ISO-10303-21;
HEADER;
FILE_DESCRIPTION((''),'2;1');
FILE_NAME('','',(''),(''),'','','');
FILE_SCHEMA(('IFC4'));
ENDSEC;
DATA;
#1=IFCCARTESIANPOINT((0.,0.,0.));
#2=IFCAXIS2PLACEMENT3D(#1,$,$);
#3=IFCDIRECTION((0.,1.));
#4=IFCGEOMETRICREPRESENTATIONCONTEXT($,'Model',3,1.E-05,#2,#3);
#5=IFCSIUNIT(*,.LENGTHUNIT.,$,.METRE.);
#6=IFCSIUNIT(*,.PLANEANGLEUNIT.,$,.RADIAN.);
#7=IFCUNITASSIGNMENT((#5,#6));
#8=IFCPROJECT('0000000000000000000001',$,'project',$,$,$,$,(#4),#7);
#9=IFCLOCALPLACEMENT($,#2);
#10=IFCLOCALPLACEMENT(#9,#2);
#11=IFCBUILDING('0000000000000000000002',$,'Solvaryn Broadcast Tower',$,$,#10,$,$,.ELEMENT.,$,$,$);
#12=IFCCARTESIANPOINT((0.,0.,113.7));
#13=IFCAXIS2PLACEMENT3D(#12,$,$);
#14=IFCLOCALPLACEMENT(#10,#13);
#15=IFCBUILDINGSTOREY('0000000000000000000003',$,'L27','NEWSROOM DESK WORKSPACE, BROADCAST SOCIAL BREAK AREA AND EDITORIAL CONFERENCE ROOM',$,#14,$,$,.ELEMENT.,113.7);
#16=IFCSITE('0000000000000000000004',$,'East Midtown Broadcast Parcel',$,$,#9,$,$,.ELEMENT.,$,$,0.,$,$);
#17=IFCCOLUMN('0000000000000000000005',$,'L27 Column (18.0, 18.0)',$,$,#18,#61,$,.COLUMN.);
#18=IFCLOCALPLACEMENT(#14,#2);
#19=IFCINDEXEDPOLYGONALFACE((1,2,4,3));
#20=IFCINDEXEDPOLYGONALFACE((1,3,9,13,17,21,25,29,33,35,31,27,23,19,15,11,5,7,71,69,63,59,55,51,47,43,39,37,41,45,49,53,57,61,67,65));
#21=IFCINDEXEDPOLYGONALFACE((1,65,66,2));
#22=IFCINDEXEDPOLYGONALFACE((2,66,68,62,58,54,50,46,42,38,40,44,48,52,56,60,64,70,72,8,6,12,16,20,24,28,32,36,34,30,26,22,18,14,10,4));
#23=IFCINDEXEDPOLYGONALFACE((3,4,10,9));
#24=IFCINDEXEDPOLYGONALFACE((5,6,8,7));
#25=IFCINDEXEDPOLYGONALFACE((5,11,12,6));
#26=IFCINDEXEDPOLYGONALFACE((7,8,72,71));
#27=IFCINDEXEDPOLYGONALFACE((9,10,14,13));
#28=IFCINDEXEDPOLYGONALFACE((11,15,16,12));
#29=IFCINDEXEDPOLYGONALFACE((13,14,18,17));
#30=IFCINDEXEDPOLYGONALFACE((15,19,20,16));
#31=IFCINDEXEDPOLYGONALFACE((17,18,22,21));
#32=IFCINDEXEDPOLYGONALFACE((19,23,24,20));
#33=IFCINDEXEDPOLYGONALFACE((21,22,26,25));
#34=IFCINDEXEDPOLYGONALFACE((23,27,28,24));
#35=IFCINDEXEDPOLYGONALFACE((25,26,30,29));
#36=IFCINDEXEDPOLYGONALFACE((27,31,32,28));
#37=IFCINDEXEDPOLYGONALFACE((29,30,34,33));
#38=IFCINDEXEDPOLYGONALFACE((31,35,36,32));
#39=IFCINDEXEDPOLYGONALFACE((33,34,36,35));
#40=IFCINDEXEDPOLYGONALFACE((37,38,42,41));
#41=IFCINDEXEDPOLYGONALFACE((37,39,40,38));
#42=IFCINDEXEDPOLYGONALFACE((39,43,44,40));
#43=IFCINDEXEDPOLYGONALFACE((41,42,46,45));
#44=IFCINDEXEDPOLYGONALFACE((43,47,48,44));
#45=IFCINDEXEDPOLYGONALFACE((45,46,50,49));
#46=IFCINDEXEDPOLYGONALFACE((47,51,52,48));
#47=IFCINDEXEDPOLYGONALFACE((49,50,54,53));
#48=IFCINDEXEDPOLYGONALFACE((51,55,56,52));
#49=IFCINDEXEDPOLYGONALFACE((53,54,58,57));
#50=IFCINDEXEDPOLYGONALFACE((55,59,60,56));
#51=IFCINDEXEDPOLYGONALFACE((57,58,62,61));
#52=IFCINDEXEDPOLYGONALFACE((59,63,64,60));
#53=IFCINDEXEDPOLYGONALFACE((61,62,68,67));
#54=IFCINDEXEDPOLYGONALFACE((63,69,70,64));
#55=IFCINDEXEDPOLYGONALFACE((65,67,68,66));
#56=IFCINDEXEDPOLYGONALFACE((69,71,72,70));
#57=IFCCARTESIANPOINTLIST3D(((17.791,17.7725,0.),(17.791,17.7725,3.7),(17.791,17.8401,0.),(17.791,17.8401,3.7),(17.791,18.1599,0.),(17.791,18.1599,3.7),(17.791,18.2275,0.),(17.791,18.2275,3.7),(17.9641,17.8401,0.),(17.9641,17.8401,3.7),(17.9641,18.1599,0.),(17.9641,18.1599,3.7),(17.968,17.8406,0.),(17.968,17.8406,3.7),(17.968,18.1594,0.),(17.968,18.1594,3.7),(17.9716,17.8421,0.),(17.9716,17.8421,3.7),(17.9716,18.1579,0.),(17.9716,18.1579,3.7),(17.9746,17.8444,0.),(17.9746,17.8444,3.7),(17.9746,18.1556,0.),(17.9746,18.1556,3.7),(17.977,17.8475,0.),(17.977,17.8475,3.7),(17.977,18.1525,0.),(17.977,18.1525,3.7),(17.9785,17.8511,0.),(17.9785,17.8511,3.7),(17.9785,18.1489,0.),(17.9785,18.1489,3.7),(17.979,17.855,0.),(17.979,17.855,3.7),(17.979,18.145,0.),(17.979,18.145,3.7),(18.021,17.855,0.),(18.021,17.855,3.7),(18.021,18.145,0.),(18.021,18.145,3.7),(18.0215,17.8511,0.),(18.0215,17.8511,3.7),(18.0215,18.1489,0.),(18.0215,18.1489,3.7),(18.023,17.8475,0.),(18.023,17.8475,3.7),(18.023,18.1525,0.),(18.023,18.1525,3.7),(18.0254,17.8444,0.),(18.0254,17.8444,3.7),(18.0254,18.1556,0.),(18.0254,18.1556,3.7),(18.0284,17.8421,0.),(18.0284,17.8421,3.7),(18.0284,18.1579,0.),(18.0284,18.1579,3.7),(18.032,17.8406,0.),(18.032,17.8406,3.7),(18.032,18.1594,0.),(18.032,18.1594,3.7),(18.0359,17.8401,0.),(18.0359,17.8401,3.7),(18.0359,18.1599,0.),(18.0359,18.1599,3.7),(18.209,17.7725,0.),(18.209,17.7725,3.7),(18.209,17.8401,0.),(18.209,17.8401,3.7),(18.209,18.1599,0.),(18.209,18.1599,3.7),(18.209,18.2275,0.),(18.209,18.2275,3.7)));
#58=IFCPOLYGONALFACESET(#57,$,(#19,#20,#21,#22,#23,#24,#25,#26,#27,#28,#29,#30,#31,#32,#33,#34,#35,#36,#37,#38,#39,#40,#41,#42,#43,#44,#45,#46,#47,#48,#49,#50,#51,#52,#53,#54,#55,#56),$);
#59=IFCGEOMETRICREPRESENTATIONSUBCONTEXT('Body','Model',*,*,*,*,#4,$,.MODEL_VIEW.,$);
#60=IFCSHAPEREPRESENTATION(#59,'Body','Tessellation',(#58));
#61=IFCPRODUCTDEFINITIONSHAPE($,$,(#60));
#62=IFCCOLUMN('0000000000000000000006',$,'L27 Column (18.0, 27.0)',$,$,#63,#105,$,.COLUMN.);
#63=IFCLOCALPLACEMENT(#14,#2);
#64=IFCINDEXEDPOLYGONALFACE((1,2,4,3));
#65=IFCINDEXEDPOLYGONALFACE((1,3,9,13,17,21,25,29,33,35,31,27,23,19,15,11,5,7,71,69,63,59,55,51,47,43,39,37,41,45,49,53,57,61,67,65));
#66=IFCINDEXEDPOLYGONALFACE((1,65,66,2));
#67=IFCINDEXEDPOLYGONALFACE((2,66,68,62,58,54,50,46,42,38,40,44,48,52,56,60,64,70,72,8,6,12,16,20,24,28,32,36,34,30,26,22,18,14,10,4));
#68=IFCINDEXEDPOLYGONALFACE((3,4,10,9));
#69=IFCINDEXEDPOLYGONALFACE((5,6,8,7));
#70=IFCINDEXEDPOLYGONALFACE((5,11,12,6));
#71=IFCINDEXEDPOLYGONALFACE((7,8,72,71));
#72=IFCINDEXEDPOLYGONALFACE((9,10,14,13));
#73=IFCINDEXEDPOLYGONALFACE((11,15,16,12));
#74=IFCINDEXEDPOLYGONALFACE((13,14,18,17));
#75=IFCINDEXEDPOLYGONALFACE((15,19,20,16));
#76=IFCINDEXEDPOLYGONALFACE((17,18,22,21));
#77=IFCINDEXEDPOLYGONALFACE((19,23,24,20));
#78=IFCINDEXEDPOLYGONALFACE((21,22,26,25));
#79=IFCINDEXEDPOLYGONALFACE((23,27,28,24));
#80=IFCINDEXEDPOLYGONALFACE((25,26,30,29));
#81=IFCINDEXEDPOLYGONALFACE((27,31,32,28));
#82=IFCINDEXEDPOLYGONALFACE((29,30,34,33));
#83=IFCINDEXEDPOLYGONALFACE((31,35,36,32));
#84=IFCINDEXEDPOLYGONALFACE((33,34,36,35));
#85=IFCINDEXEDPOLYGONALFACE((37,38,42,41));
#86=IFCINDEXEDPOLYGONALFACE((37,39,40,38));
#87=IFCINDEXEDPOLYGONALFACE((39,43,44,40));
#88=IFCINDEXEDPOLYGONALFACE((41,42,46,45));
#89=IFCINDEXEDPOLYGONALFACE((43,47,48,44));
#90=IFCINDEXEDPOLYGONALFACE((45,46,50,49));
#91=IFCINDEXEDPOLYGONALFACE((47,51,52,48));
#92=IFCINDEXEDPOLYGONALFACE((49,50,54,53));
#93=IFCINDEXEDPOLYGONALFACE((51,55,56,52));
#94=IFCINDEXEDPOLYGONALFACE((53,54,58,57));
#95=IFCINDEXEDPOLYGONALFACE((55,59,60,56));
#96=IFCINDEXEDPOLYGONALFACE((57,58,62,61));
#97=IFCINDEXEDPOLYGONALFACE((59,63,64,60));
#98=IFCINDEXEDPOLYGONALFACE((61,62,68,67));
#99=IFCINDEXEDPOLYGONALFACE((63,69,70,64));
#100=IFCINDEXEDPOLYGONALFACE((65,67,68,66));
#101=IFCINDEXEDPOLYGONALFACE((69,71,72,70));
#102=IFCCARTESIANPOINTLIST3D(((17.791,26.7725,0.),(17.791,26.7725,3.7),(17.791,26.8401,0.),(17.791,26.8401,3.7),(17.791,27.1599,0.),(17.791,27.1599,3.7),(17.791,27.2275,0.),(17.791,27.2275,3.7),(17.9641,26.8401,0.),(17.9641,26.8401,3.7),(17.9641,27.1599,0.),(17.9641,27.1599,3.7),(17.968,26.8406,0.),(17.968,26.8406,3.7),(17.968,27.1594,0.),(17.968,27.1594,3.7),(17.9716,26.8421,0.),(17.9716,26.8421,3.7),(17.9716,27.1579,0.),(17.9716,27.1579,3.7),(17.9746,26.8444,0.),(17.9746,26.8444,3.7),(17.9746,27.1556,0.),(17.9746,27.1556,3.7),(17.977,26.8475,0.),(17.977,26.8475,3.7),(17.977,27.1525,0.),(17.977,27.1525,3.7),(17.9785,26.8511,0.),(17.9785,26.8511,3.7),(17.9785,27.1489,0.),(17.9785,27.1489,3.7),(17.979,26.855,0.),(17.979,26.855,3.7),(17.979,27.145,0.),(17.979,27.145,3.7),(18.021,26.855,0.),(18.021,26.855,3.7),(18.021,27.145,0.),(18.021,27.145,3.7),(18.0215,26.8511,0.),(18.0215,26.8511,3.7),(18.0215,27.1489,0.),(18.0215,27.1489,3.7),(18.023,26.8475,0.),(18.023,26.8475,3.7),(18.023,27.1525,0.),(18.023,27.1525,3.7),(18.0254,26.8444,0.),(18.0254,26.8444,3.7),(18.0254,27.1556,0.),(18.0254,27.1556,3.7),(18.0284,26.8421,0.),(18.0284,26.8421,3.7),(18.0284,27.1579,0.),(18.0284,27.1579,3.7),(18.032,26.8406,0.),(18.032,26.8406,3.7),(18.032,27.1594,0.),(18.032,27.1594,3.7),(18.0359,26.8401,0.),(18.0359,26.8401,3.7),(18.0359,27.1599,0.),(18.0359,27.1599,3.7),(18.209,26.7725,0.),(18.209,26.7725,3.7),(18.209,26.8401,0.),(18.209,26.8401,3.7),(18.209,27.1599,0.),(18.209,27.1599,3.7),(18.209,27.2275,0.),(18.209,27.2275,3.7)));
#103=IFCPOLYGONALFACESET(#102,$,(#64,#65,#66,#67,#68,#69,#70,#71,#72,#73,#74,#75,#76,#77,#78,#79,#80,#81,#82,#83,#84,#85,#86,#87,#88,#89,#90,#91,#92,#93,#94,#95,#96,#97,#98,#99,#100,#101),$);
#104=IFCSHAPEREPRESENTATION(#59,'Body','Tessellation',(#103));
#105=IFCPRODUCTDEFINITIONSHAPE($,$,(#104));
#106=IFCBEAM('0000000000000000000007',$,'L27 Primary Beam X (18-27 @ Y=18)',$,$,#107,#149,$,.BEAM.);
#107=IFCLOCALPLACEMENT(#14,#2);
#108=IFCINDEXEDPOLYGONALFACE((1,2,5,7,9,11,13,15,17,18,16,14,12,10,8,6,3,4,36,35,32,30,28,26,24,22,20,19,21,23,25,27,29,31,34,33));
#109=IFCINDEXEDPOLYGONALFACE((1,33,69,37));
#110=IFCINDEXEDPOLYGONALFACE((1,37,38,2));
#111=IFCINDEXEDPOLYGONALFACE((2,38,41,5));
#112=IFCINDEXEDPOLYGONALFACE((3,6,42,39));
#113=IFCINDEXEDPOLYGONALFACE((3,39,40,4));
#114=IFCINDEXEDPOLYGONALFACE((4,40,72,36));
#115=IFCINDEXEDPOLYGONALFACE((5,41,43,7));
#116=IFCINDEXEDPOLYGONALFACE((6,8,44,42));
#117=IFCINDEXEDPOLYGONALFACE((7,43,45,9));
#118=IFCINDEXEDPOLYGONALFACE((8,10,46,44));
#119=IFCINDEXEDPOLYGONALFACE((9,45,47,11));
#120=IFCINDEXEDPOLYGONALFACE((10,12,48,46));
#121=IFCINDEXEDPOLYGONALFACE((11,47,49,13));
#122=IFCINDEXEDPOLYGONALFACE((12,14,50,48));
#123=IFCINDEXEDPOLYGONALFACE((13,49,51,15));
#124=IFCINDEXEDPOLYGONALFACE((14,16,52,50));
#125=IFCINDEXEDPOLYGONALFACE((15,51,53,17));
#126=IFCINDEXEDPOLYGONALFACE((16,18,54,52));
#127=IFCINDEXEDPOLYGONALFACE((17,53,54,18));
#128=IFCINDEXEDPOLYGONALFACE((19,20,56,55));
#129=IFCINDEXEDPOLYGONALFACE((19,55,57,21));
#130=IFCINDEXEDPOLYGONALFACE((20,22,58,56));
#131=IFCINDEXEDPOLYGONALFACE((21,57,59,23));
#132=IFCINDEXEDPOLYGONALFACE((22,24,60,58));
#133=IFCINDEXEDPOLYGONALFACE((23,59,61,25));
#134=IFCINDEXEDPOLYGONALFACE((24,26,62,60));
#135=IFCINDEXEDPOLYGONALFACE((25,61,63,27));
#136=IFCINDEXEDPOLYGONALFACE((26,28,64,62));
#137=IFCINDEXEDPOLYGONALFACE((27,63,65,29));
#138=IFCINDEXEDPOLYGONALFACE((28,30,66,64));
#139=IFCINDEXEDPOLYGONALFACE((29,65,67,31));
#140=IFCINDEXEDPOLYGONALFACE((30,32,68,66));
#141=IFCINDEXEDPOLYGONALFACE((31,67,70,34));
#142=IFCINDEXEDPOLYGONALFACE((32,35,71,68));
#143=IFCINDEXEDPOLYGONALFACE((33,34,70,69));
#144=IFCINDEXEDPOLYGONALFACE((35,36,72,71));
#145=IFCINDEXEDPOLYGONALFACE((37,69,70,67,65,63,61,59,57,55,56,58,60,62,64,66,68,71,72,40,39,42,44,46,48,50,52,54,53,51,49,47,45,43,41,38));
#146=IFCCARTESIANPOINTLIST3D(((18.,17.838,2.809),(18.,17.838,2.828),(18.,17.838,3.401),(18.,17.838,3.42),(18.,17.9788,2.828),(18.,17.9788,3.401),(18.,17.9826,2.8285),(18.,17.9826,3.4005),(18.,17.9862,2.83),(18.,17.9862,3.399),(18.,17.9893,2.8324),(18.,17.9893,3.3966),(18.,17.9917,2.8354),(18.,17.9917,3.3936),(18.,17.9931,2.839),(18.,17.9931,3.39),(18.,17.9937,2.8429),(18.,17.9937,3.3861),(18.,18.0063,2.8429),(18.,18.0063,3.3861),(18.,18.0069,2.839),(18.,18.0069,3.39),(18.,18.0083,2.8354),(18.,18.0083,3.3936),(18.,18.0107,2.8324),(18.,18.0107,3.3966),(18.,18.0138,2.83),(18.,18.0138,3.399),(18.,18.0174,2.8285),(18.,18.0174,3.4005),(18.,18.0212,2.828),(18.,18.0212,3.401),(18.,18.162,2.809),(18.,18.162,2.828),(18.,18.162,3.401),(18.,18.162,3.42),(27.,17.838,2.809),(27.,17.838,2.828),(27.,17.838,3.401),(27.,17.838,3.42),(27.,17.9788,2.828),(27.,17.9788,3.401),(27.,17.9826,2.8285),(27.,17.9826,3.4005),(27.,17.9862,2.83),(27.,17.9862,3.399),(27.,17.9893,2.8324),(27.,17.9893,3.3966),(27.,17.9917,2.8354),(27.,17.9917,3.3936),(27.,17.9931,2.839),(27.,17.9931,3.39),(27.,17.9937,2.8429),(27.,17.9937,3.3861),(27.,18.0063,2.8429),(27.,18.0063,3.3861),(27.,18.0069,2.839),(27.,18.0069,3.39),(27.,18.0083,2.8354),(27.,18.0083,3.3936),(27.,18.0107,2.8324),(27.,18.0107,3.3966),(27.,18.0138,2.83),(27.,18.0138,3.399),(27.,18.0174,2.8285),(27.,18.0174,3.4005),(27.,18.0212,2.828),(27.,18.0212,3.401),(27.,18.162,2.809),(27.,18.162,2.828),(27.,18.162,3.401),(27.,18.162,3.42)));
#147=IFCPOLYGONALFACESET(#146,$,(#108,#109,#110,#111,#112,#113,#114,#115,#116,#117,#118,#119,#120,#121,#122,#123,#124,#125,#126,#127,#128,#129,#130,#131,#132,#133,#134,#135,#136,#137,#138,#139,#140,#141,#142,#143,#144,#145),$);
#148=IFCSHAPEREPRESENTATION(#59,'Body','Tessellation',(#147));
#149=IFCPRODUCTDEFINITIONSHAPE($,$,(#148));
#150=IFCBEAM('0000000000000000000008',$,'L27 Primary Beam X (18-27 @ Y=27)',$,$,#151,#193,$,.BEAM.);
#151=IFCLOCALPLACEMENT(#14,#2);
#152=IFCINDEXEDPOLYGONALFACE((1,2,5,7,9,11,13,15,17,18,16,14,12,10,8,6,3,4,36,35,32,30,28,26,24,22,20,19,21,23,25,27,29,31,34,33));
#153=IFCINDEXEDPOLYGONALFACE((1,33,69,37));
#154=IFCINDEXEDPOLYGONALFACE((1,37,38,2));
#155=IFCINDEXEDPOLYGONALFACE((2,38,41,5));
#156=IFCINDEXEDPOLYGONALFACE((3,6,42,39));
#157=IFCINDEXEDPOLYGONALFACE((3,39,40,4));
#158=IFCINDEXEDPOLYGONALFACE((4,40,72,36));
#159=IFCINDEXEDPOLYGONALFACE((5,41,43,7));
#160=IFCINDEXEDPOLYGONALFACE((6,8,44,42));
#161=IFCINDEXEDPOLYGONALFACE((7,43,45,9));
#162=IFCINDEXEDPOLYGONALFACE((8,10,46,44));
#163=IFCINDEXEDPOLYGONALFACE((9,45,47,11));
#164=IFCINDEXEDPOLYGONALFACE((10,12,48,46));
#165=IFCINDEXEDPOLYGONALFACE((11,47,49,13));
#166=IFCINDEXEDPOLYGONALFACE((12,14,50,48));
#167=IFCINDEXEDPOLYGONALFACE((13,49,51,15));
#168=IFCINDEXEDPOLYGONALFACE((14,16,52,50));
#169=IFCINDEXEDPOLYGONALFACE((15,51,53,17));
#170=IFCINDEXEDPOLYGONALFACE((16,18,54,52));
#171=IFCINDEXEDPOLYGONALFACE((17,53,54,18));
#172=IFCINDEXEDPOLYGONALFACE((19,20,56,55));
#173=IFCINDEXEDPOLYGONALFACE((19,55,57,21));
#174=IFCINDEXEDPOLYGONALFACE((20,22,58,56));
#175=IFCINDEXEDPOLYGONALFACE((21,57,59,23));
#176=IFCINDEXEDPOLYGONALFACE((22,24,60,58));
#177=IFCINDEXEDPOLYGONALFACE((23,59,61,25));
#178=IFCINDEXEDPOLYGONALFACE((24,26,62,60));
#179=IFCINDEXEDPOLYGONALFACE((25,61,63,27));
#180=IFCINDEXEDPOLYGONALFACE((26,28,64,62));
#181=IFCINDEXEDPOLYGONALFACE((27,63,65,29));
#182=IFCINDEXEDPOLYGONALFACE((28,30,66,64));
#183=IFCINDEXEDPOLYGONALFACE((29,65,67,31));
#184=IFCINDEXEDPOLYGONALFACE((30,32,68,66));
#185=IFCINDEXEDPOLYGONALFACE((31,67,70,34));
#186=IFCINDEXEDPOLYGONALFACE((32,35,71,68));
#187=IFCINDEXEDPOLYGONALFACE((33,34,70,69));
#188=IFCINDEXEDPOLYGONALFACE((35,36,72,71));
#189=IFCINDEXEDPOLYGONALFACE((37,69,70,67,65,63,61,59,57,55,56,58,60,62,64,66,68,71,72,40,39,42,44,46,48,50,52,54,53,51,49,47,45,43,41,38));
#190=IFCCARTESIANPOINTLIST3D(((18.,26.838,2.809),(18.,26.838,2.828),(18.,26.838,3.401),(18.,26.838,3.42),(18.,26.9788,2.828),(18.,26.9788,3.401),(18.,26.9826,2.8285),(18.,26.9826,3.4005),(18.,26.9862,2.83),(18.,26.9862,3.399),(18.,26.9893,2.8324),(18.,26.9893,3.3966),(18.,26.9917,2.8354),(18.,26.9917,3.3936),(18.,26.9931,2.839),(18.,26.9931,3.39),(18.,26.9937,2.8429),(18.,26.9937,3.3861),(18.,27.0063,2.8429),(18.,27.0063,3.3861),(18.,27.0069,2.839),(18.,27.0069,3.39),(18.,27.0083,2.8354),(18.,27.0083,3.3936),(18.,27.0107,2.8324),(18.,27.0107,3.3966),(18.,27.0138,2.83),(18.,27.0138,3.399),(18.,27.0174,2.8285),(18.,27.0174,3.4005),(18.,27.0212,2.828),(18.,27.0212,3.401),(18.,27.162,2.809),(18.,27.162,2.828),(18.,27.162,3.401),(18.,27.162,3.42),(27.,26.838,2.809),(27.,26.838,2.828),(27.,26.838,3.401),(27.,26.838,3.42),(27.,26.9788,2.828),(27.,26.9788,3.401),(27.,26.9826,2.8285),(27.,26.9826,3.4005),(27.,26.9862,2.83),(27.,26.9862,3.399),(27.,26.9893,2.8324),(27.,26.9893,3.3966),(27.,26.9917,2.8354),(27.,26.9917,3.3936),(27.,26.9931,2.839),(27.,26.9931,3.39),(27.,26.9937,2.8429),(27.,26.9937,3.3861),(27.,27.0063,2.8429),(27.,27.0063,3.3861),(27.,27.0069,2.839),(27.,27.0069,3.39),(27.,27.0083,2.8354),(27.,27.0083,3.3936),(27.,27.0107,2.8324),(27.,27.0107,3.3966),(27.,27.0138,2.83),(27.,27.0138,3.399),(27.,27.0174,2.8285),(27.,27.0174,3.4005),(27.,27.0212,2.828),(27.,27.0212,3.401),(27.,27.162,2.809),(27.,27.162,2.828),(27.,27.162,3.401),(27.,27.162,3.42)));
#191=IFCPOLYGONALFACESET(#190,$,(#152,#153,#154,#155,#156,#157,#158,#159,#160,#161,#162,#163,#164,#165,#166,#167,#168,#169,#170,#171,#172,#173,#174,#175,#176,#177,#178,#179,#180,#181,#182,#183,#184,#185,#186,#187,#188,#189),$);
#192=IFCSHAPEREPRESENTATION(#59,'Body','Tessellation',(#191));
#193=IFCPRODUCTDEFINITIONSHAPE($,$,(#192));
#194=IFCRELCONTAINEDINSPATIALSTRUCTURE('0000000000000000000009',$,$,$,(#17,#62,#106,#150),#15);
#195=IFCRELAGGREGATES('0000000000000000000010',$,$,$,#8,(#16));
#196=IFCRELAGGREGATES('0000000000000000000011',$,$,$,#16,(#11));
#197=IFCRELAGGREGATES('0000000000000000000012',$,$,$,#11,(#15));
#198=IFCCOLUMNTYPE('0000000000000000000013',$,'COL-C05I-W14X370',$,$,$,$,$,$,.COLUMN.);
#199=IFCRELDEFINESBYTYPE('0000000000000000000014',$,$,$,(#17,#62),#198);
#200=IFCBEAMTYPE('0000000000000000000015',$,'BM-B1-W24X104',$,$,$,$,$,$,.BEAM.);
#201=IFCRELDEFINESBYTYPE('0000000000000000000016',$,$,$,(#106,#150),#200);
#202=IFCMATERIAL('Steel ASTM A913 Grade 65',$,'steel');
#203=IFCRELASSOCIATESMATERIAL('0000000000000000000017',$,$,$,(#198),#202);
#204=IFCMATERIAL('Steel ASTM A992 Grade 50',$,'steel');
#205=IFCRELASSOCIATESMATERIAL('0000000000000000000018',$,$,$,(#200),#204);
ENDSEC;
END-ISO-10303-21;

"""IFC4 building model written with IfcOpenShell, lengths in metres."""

from ifc_helpers import new_model, si_unit, direction, frame, origin, origin_2d, place, context, subcontext, project, spatial, i_section, extrude, material, material_profile, profile_set, type_object, element, save


model = new_model("IFC4")

# Units and contexts
model_context = context("Model", 3, precision=1e-05, world=origin(), true_north=direction((0.0, 1.0)))
body_context = subcontext(model_context, "Body", "Model", "MODEL_VIEW")
ifc_project = project(units=[si_unit("LENGTHUNIT", "METRE"), si_unit("PLANEANGLEUNIT", "RADIAN")], contexts=[model_context])

# Site, building, storey
site_placement = place(None, origin())
site = spatial("IfcSite", under=ifc_project, at=site_placement, Name="East Midtown Broadcast Parcel", CompositionType="ELEMENT", RefElevation=0.0)
building_placement = place(site_placement, origin())
building = spatial("IfcBuilding", under=site, at=building_placement, Name="Solvaryn Broadcast Tower", CompositionType="ELEMENT")
storey_placement = place(building_placement, frame((0.0, 0.0, 113.7)))
storey = spatial("IfcBuildingStorey", under=building, at=storey_placement, Name="L27", Description="NEWSROOM DESK WORKSPACE, BROADCAST SOCIAL BREAK AREA AND EDITORIAL CONFERENCE ROOM", CompositionType="ELEMENT", Elevation=113.7)

# Columns
ifc_material_1 = material(Name="Steel ASTM A913 Grade 65", Category="steel")
ifc_material_profile_1 = material_profile(ifc_material_1, i_section(OverallWidth=0.418, OverallDepth=0.4551, WebThickness=0.042, FlangeThickness=0.0676, FilletRadius=0.0149, at=origin_2d()))
ifc_profile_set_1 = profile_set([ifc_material_profile_1], Name="Steel ASTM A913 Grade 65")
column_type = type_object("IfcColumnType", Name="COL-C05I-W14X370", PredefinedType="COLUMN", material=ifc_profile_set_1)
for number, where, z_axis, x_axis, name in (
    (1, (18.0, 18.0, 0.0), (0.0, 0.0, 1.0), (1.0, 0.0, 0.0), "L27 Column (18.0, 18.0)"),
    (2, (18.0, 27.0, 0.0), (0.0, 0.0, 1.0), (1.0, 0.0, 0.0), "L27 Column (18.0, 27.0)"),
):
    element("IfcColumn", number, at=place(storey_placement, frame(where, z_axis=z_axis, x_axis=x_axis)), inside=storey, type_object=column_type, Name=name, PredefinedType="COLUMN", context=body_context, shape_type="SweptSolid", body=[
        extrude(i_section(OverallWidth=0.418, OverallDepth=0.4551, WebThickness=0.042, FlangeThickness=0.0676, FilletRadius=0.0149, at=origin_2d()), origin(), (0.0, 0.0, 1.0), 3.7),
    ])

# Beams
ifc_material_2 = material(Name="Steel ASTM A992 Grade 50", Category="steel")
ifc_material_profile_2 = material_profile(ifc_material_2, i_section(OverallWidth=0.324, OverallDepth=0.6111, WebThickness=0.0127, FlangeThickness=0.019, FilletRadius=0.0149, at=origin_2d()))
ifc_profile_set_2 = profile_set([ifc_material_profile_2], Name="Steel ASTM A992 Grade 50")
beam_type_1 = type_object("IfcBeamType", Name="BM-B1-W24X104", PredefinedType="BEAM", material=ifc_profile_set_2)
for number, where, z_axis, x_axis, name in (
    (3, (18.0, 18.0, 3.1145), (1.0, 0.0, 0.0), (0.0, 1.0, 0.0), "L27 Primary Beam X (18-27 @ Y=18)"),
    (4, (18.0, 27.0, 3.1145), (1.0, 0.0, 0.0), (0.0, 1.0, 0.0), "L27 Primary Beam X (18-27 @ Y=27)"),
):
    element("IfcBeam", number, at=place(storey_placement, frame(where, z_axis=z_axis, x_axis=x_axis)), inside=storey, type_object=beam_type_1, Name=name, PredefinedType="BEAM", context=body_context, shape_type="SweptSolid", body=[
        extrude(i_section(OverallWidth=0.324, OverallDepth=0.6111, WebThickness=0.0127, FlangeThickness=0.019, FilletRadius=0.0149, at=origin_2d()), origin(), (0.0, 0.0, 1.0), 9.0),
    ])

save(model, "model.ifc")
